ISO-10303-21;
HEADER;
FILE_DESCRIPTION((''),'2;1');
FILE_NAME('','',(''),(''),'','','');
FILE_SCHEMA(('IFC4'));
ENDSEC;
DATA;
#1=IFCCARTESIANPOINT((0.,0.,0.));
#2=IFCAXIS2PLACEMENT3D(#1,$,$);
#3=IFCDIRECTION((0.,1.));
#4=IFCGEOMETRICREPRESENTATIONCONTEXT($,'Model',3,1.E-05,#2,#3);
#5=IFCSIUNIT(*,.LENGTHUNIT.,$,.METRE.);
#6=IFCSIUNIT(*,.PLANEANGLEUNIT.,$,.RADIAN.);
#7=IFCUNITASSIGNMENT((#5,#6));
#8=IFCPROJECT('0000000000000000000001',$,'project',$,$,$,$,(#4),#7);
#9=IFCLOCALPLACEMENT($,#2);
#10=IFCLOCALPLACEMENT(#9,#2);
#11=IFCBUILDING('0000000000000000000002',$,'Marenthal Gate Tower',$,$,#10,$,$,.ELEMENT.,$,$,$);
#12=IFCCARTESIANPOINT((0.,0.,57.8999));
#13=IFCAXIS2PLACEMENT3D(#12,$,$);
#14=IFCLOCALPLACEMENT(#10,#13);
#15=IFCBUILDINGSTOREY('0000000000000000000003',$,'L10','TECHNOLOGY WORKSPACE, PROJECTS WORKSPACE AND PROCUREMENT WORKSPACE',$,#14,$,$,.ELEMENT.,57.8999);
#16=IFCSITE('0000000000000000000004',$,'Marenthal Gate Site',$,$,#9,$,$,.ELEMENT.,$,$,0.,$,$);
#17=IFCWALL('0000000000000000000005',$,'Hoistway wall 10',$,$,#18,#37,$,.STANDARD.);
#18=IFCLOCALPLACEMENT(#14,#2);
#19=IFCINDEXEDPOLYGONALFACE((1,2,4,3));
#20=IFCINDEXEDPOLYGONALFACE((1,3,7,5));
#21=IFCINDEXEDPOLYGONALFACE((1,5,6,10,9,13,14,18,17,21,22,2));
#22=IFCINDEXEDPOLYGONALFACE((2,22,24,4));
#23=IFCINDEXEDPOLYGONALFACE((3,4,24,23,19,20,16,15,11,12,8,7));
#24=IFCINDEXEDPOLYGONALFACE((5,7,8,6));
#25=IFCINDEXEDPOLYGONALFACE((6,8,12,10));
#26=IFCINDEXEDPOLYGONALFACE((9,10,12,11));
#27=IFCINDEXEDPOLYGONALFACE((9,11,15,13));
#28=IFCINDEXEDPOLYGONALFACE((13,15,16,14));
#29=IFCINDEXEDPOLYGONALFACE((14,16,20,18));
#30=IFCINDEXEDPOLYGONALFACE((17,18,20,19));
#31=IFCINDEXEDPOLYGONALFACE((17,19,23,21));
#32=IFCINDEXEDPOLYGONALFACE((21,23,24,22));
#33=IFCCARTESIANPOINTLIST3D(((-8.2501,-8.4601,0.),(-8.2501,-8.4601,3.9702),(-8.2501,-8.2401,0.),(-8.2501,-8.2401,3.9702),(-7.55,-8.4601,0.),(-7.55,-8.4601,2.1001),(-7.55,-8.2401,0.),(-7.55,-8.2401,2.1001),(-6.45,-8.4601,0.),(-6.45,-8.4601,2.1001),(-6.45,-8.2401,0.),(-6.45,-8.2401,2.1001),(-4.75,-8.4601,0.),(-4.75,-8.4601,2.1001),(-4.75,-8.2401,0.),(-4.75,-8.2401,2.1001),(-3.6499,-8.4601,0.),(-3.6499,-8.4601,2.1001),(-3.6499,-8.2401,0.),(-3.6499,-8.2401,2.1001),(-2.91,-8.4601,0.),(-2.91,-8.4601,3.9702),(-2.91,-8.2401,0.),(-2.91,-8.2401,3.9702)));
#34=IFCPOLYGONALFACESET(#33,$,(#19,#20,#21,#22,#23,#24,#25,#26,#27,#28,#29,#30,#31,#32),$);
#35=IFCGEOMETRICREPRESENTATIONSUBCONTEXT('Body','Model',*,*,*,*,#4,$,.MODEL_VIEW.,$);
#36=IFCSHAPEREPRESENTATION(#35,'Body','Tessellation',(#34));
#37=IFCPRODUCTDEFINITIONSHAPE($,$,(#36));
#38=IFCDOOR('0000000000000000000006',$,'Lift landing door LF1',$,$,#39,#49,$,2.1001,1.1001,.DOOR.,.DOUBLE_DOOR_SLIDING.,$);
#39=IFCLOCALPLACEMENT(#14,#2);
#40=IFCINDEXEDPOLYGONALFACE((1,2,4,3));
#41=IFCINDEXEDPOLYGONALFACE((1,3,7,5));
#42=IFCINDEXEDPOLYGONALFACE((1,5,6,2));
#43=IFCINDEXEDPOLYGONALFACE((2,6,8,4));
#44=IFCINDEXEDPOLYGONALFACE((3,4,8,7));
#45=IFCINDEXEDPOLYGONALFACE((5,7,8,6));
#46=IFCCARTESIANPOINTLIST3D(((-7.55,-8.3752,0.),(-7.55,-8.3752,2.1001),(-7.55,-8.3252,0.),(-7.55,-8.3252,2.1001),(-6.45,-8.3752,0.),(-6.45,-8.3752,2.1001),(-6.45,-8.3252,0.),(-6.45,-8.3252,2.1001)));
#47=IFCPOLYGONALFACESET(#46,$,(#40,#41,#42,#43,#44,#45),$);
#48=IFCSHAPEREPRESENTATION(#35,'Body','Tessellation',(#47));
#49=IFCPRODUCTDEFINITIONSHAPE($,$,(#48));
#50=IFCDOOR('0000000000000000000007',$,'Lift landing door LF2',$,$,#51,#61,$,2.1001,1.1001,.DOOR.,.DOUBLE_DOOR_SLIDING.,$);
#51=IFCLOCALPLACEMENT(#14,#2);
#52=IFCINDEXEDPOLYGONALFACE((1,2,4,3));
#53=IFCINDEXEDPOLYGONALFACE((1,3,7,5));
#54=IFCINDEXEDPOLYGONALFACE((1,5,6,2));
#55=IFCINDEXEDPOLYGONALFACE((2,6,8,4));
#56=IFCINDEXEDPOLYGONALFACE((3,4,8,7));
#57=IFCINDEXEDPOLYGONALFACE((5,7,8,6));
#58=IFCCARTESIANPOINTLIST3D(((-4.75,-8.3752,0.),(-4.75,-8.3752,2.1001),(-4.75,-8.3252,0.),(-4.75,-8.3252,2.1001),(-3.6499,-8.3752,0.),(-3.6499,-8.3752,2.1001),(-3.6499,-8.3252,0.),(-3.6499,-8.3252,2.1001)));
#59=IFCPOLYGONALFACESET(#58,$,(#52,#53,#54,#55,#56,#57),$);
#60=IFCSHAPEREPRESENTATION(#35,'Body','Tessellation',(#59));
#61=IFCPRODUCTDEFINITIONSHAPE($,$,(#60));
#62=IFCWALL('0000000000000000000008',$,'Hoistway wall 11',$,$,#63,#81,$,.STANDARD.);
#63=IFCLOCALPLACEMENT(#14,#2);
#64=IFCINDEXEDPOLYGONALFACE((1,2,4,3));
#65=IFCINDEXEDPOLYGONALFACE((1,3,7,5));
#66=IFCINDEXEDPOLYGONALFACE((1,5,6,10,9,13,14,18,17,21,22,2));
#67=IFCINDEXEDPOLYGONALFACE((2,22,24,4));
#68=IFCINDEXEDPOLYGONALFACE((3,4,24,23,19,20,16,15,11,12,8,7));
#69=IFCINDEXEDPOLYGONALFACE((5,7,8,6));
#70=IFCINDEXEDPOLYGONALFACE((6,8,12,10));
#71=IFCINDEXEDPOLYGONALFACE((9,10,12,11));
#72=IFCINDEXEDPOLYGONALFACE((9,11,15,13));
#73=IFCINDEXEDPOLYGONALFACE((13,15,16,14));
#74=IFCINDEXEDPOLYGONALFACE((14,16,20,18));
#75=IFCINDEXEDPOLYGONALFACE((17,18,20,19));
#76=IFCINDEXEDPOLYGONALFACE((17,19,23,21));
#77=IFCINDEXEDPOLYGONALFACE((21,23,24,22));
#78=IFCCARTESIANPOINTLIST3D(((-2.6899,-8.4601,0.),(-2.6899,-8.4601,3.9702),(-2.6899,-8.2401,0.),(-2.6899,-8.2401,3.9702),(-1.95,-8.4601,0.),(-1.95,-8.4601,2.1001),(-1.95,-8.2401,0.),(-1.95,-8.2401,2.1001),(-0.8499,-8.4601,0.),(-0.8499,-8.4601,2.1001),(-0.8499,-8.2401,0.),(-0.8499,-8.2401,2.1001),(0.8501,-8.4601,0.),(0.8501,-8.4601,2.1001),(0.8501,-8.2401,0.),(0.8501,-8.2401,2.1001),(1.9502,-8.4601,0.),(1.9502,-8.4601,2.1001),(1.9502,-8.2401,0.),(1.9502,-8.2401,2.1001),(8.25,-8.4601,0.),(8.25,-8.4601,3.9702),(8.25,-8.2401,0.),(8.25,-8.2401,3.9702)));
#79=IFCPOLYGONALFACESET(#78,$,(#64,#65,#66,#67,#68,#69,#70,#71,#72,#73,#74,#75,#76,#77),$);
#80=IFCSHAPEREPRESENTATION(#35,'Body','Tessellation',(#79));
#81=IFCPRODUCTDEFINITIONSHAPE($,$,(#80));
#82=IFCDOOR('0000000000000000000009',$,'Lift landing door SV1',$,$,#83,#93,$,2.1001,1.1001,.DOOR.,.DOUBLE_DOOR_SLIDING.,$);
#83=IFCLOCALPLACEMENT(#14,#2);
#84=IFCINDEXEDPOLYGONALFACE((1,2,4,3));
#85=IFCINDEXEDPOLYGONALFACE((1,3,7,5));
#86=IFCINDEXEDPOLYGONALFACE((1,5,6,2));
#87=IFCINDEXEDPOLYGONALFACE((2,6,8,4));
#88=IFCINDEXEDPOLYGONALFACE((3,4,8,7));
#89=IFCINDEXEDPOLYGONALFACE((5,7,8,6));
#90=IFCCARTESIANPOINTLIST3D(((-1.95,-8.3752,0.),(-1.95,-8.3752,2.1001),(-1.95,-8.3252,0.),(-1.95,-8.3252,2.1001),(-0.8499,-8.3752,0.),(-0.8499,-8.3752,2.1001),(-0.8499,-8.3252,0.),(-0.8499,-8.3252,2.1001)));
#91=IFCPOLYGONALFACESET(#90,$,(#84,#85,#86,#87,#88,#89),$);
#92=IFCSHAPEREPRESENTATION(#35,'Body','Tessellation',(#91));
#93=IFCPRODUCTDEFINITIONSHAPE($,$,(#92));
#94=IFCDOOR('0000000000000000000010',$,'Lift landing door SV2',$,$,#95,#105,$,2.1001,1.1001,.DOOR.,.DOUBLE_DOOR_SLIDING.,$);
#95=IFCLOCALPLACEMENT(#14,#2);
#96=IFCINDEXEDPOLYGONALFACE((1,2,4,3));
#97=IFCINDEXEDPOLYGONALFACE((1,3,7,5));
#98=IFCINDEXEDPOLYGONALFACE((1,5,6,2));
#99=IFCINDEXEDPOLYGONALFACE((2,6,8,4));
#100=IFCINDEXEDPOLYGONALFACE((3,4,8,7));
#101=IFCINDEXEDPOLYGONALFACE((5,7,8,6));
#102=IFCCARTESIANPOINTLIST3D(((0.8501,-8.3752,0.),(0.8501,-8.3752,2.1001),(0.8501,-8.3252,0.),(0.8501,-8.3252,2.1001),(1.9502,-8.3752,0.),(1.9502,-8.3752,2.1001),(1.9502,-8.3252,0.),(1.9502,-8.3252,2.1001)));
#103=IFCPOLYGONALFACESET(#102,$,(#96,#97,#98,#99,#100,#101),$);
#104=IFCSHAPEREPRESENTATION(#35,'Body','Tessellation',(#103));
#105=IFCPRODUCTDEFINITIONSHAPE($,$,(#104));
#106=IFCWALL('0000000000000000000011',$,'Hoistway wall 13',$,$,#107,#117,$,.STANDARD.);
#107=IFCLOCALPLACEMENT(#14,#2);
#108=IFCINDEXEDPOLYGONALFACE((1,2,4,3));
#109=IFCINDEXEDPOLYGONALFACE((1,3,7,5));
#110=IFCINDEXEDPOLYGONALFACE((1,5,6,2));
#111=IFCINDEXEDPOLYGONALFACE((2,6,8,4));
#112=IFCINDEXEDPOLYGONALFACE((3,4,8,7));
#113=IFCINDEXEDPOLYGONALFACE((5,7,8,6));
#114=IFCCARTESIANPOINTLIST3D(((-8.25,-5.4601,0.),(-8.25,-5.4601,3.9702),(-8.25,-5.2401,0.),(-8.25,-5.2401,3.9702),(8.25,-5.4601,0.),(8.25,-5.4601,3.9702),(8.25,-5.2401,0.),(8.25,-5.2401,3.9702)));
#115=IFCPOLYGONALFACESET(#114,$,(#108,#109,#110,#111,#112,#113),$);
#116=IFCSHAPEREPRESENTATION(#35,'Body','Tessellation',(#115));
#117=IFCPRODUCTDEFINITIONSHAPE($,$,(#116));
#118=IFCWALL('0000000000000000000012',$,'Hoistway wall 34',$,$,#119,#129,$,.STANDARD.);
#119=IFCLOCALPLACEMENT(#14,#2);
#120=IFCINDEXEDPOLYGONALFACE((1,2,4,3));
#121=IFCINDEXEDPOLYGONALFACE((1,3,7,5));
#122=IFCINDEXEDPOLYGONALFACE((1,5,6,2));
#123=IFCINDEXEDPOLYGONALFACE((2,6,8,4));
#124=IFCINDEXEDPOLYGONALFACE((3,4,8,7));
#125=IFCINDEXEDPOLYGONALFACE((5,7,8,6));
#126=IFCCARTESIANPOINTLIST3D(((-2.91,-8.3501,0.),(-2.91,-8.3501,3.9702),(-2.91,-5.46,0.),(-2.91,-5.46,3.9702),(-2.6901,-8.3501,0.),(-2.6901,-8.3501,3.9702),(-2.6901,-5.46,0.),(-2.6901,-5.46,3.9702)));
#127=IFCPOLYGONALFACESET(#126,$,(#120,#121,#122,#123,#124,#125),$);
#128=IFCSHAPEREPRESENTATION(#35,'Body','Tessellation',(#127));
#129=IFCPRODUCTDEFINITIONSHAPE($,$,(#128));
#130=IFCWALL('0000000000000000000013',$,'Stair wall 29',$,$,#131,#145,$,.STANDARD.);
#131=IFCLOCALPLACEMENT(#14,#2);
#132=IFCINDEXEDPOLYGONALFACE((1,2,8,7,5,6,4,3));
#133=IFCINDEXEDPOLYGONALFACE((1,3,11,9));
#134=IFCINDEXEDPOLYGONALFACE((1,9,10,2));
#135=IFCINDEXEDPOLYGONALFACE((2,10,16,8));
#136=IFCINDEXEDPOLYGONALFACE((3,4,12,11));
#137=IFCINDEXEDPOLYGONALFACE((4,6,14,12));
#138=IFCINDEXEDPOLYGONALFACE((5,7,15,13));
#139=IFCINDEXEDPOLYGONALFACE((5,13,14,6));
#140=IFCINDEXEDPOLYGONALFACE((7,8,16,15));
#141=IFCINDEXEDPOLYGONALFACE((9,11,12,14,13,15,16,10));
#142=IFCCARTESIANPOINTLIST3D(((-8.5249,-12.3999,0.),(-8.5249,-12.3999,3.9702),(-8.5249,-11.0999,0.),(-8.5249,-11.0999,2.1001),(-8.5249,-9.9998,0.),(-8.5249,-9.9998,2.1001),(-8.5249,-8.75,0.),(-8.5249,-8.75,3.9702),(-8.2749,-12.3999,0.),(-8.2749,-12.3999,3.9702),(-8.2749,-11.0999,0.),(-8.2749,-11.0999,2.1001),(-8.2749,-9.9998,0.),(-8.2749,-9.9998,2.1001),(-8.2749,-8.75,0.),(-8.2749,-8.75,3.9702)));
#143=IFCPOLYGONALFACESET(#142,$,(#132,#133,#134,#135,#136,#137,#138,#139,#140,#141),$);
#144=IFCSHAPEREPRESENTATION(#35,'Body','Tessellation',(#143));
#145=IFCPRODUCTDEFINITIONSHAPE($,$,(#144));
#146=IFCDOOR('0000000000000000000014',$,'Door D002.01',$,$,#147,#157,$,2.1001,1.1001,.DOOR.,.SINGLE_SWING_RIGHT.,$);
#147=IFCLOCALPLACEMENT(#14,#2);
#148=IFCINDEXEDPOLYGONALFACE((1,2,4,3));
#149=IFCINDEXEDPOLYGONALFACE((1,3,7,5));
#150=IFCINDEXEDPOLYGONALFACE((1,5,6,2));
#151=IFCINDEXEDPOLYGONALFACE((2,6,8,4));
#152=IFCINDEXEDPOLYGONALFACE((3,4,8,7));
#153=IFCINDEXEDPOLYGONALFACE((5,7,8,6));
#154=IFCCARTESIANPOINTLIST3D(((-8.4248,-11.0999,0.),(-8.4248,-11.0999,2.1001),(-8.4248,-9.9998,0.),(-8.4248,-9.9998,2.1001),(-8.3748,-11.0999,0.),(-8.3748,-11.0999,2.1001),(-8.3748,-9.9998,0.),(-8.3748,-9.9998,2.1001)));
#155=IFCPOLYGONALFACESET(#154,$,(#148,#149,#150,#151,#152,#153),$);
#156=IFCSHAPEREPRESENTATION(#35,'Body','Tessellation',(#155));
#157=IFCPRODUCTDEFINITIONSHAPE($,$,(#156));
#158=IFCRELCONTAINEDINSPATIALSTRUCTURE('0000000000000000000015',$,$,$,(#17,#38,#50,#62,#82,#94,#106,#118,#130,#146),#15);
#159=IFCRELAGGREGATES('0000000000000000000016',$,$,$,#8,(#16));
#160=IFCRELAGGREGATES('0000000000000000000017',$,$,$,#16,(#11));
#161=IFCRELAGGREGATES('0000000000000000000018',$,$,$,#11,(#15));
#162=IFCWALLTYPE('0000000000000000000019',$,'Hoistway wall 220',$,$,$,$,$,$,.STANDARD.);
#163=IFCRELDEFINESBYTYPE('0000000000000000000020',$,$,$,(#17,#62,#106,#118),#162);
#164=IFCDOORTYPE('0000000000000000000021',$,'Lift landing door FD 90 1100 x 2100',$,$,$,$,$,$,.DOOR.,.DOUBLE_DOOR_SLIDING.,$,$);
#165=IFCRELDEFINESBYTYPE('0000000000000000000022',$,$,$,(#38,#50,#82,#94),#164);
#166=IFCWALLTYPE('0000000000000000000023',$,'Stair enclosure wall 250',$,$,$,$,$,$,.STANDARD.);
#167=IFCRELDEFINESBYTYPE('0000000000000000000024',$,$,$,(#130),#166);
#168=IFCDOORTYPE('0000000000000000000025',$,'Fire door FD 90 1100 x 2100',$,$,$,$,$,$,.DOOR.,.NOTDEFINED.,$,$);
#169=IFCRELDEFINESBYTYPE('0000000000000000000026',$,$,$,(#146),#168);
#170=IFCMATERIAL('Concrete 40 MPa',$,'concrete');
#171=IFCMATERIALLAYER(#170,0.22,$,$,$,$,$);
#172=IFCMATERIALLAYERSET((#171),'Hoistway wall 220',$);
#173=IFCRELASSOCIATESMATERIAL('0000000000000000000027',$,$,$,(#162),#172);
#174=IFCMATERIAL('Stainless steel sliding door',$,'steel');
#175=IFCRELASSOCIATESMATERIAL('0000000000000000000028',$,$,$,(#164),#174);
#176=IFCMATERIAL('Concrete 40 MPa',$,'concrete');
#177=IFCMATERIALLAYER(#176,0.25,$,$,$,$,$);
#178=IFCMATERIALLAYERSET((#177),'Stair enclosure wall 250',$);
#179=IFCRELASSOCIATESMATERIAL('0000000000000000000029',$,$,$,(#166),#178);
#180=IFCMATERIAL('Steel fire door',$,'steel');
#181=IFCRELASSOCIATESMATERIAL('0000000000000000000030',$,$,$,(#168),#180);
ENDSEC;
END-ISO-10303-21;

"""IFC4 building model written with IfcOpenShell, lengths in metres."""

from ifc_helpers import new_model, si_unit, direction, frame, frame_2d, origin, place, context, subcontext, project, spatial, rectangle, extrude, material, layer, layer_set, type_object, element, fill, save


model = new_model("IFC4")

# Units and contexts
model_context = context("Model", 3, precision=1e-05, world=origin(), true_north=direction((0.0, 1.0)))
body_context = subcontext(model_context, "Body", "Model", "MODEL_VIEW")
ifc_project = project(units=[si_unit("LENGTHUNIT", "METRE"), si_unit("PLANEANGLEUNIT", "RADIAN")], contexts=[model_context])

# Site, building, storey
site_placement = place(None, origin())
site = spatial("IfcSite", under=ifc_project, at=site_placement, Name="Marenthal Gate Site", CompositionType="ELEMENT", RefElevation=0.0)
building_placement = place(site_placement, origin())
building = spatial("IfcBuilding", under=site, at=building_placement, Name="Marenthal Gate Tower", CompositionType="ELEMENT")
storey_placement = place(building_placement, frame((0.0, 0.0, 57.8999)))
storey = spatial("IfcBuildingStorey", under=building, at=storey_placement, Name="L10", Description="TECHNOLOGY WORKSPACE, PROJECTS WORKSPACE AND PROCUREMENT WORKSPACE", CompositionType="ELEMENT", Elevation=57.8999)

# Walls, openings, doors
ifc_material_1 = material(Name="Concrete 40 MPa", Category="concrete")
ifc_layer_1 = layer(ifc_material_1, 0.22)
ifc_layer_set_1 = layer_set([ifc_layer_1], Name="Hoistway wall 220")
wall_type_1 = type_object("IfcWallType", Name="Hoistway wall 220", PredefinedType="STANDARD", material=ifc_layer_set_1)
wall_1_placement = place(storey_placement, frame((-8.25, -8.3501, 0.0), z_axis=(0.0, 0.0, 1.0), x_axis=(1.0, 0.0, 0.0)))
wall_1 = element("IfcWall", 1, at=wall_1_placement, inside=storey, type_object=wall_type_1, Name="Hoistway wall 10", PredefinedType="STANDARD", context=body_context, shape_type="SweptSolid", body=[
    extrude(rectangle(XDim=5.3401, YDim=0.22, at=frame_2d((2.6699, 0.0))), origin(), (0.0, 0.0, 1.0), 3.9702),
])
opening_1_placement = place(wall_1_placement, frame((0.7, 0.0, 0.0)))
opening_1 = element("IfcOpeningElement", 2, at=opening_1_placement, cuts=wall_1, PredefinedType="OPENING", context=body_context, shape_type="SweptSolid", body=[
    extrude(rectangle(XDim=1.1001, YDim=2.1001, at=frame_2d((0.55, 1.05))), frame((0.0, 0.1201, 0.0), z_axis=(0.0, -1.0, 0.0), x_axis=(1.0, 0.0, 0.0)), (0.0, 0.0, 1.0), 0.24),
])
opening_2_placement = place(wall_1_placement, frame((3.5, 0.0, 0.0)))
opening_2 = element("IfcOpeningElement", 3, at=opening_2_placement, cuts=wall_1, PredefinedType="OPENING", context=body_context, shape_type="SweptSolid", body=[
    extrude(rectangle(XDim=1.1001, YDim=2.1001, at=frame_2d((0.55, 1.05))), frame((0.0, 0.1201, 0.0), z_axis=(0.0, -1.0, 0.0), x_axis=(1.0, 0.0, 0.0)), (0.0, 0.0, 1.0), 0.24),
])
ifc_material_2 = material(Name="Stainless steel sliding door", Category="steel")
door_type_1 = type_object("IfcDoorType", Name="Lift landing door FD 90 1100 x 2100", OperationType="DOUBLE_DOOR_SLIDING", PredefinedType="DOOR", material=ifc_material_2)
door_1_placement = place(opening_1_placement, origin())
door_1 = element("IfcDoor", 4, at=door_1_placement, inside=storey, type_object=door_type_1, Name="Lift landing door LF1", OperationType="DOUBLE_DOOR_SLIDING", OverallHeight=2.1001, OverallWidth=1.1001, PredefinedType="DOOR", context=body_context, shape_type="SweptSolid", body=[
    extrude(rectangle(XDim=1.1001, YDim=2.1001, at=frame_2d((0.55, 1.05))), frame((0.0, 0.0249, 0.0), z_axis=(0.0, -1.0, 0.0), x_axis=(1.0, 0.0, 0.0)), (0.0, 0.0, 1.0), 0.05),
])
fill(opening_1, door_1)
door_2_placement = place(opening_2_placement, origin())
door_2 = element("IfcDoor", 5, at=door_2_placement, inside=storey, type_object=door_type_1, Name="Lift landing door LF2", OperationType="DOUBLE_DOOR_SLIDING", OverallHeight=2.1001, OverallWidth=1.1001, PredefinedType="DOOR", context=body_context, shape_type="SweptSolid", body=[
    extrude(rectangle(XDim=1.1001, YDim=2.1001, at=frame_2d((0.55, 1.05))), frame((0.0, 0.0249, 0.0), z_axis=(0.0, -1.0, 0.0), x_axis=(1.0, 0.0, 0.0)), (0.0, 0.0, 1.0), 0.05),
])
fill(opening_2, door_2)
wall_2_placement = place(storey_placement, frame((-2.6899, -8.3501, 0.0), z_axis=(0.0, 0.0, 1.0), x_axis=(1.0, 0.0, 0.0)))
wall_2 = element("IfcWall", 6, at=wall_2_placement, inside=storey, type_object=wall_type_1, Name="Hoistway wall 11", PredefinedType="STANDARD", context=body_context, shape_type="SweptSolid", body=[
    extrude(rectangle(XDim=10.9399, YDim=0.22, at=frame_2d((5.47, 0.0))), origin(), (0.0, 0.0, 1.0), 3.9702),
])
opening_3_placement = place(wall_2_placement, frame((0.74, 0.0, 0.0)))
opening_3 = element("IfcOpeningElement", 7, at=opening_3_placement, cuts=wall_2, PredefinedType="OPENING", context=body_context, shape_type="SweptSolid", body=[
    extrude(rectangle(XDim=1.1001, YDim=2.1001, at=frame_2d((0.55, 1.05))), frame((0.0, 0.1201, 0.0), z_axis=(0.0, -1.0, 0.0), x_axis=(1.0, 0.0, 0.0)), (0.0, 0.0, 1.0), 0.24),
])
opening_4_placement = place(wall_2_placement, frame((3.54, 0.0, 0.0)))
opening_4 = element("IfcOpeningElement", 8, at=opening_4_placement, cuts=wall_2, PredefinedType="OPENING", context=body_context, shape_type="SweptSolid", body=[
    extrude(rectangle(XDim=1.1001, YDim=2.1001, at=frame_2d((0.55, 1.05))), frame((0.0, 0.1201, 0.0), z_axis=(0.0, -1.0, 0.0), x_axis=(1.0, 0.0, 0.0)), (0.0, 0.0, 1.0), 0.24),
])
door_3_placement = place(opening_3_placement, origin())
door_3 = element("IfcDoor", 9, at=door_3_placement, inside=storey, type_object=door_type_1, Name="Lift landing door SV1", OperationType="DOUBLE_DOOR_SLIDING", OverallHeight=2.1001, OverallWidth=1.1001, PredefinedType="DOOR", context=body_context, shape_type="SweptSolid", body=[
    extrude(rectangle(XDim=1.1001, YDim=2.1001, at=frame_2d((0.55, 1.05))), frame((0.0, 0.0249, 0.0), z_axis=(0.0, -1.0, 0.0), x_axis=(1.0, 0.0, 0.0)), (0.0, 0.0, 1.0), 0.05),
])
fill(opening_3, door_3)
door_4_placement = place(opening_4_placement, origin())
door_4 = element("IfcDoor", 10, at=door_4_placement, inside=storey, type_object=door_type_1, Name="Lift landing door SV2", OperationType="DOUBLE_DOOR_SLIDING", OverallHeight=2.1001, OverallWidth=1.1001, PredefinedType="DOOR", context=body_context, shape_type="SweptSolid", body=[
    extrude(rectangle(XDim=1.1001, YDim=2.1001, at=frame_2d((0.55, 1.05))), frame((0.0, 0.0249, 0.0), z_axis=(0.0, -1.0, 0.0), x_axis=(1.0, 0.0, 0.0)), (0.0, 0.0, 1.0), 0.05),
])
fill(opening_4, door_4)

# Walls
wall_3_placement = place(storey_placement, frame((-8.25, -5.3501, 0.0), z_axis=(0.0, 0.0, 1.0), x_axis=(1.0, 0.0, 0.0)))
element("IfcWall", 11, at=wall_3_placement, inside=storey, type_object=wall_type_1, Name="Hoistway wall 13", PredefinedType="STANDARD", context=body_context, shape_type="SweptSolid", body=[
    extrude(rectangle(XDim=16.5, YDim=0.22, at=frame_2d((8.25, 0.0))), origin(), (0.0, 0.0, 1.0), 3.9702),
])
wall_4_placement = place(storey_placement, frame((-2.8, -8.3501, 0.0), z_axis=(0.0, 0.0, 1.0), x_axis=(0.0, 1.0, 0.0)))
element("IfcWall", 12, at=wall_4_placement, inside=storey, type_object=wall_type_1, Name="Hoistway wall 34", PredefinedType="STANDARD", context=body_context, shape_type="SweptSolid", body=[
    extrude(rectangle(XDim=2.8901, YDim=0.22, at=frame_2d((1.4451, 0.0))), origin(), (0.0, 0.0, 1.0), 3.9702),
])

# Wall, opening, door
ifc_material_3 = material(Name="Concrete 40 MPa", Category="concrete")
ifc_layer_2 = layer(ifc_material_3, 0.25)
ifc_layer_set_2 = layer_set([ifc_layer_2], Name="Stair enclosure wall 250")
wall_type_2 = type_object("IfcWallType", Name="Stair enclosure wall 250", PredefinedType="STANDARD", material=ifc_layer_set_2)
wall_5_placement = place(storey_placement, frame((-8.3999, -12.3999, 0.0), z_axis=(0.0, 0.0, 1.0), x_axis=(0.0, 1.0, 0.0)))
wall_5 = element("IfcWall", 13, at=wall_5_placement, inside=storey, type_object=wall_type_2, Name="Stair wall 29", PredefinedType="STANDARD", context=body_context, shape_type="SweptSolid", body=[
    extrude(rectangle(XDim=3.6499, YDim=0.25, at=frame_2d((1.825, 0.0))), origin(), (0.0, 0.0, 1.0), 3.9702),
])
opening_5_placement = place(wall_5_placement, frame((1.3, 0.0, 0.0)))
opening_5 = element("IfcOpeningElement", 14, at=opening_5_placement, cuts=wall_5, PredefinedType="OPENING", context=body_context, shape_type="SweptSolid", body=[
    extrude(rectangle(XDim=1.1001, YDim=2.1001, at=frame_2d((0.55, 1.05))), frame((0.0, 0.135, 0.0), z_axis=(0.0, -1.0, 0.0), x_axis=(1.0, 0.0, 0.0)), (0.0, 0.0, 1.0), 0.27),
])
ifc_material_4 = material(Name="Steel fire door", Category="steel")
door_type_2 = type_object("IfcDoorType", Name="Fire door FD 90 1100 x 2100", OperationType="NOTDEFINED", PredefinedType="DOOR", material=ifc_material_4)
door_5_placement = place(opening_5_placement, origin())
door_5 = element("IfcDoor", 15, at=door_5_placement, inside=storey, type_object=door_type_2, Name="Door D002.01", OperationType="SINGLE_SWING_RIGHT", OverallHeight=2.1001, OverallWidth=1.1001, PredefinedType="DOOR", context=body_context, shape_type="SweptSolid", body=[
    extrude(rectangle(XDim=1.1001, YDim=2.1001, at=frame_2d((0.55, 1.05))), frame((0.0, 0.0249, 0.0), z_axis=(0.0, -1.0, 0.0), x_axis=(1.0, 0.0, 0.0)), (0.0, 0.0, 1.0), 0.05),
])
fill(opening_5, door_5)

save(model, "model.ifc")
